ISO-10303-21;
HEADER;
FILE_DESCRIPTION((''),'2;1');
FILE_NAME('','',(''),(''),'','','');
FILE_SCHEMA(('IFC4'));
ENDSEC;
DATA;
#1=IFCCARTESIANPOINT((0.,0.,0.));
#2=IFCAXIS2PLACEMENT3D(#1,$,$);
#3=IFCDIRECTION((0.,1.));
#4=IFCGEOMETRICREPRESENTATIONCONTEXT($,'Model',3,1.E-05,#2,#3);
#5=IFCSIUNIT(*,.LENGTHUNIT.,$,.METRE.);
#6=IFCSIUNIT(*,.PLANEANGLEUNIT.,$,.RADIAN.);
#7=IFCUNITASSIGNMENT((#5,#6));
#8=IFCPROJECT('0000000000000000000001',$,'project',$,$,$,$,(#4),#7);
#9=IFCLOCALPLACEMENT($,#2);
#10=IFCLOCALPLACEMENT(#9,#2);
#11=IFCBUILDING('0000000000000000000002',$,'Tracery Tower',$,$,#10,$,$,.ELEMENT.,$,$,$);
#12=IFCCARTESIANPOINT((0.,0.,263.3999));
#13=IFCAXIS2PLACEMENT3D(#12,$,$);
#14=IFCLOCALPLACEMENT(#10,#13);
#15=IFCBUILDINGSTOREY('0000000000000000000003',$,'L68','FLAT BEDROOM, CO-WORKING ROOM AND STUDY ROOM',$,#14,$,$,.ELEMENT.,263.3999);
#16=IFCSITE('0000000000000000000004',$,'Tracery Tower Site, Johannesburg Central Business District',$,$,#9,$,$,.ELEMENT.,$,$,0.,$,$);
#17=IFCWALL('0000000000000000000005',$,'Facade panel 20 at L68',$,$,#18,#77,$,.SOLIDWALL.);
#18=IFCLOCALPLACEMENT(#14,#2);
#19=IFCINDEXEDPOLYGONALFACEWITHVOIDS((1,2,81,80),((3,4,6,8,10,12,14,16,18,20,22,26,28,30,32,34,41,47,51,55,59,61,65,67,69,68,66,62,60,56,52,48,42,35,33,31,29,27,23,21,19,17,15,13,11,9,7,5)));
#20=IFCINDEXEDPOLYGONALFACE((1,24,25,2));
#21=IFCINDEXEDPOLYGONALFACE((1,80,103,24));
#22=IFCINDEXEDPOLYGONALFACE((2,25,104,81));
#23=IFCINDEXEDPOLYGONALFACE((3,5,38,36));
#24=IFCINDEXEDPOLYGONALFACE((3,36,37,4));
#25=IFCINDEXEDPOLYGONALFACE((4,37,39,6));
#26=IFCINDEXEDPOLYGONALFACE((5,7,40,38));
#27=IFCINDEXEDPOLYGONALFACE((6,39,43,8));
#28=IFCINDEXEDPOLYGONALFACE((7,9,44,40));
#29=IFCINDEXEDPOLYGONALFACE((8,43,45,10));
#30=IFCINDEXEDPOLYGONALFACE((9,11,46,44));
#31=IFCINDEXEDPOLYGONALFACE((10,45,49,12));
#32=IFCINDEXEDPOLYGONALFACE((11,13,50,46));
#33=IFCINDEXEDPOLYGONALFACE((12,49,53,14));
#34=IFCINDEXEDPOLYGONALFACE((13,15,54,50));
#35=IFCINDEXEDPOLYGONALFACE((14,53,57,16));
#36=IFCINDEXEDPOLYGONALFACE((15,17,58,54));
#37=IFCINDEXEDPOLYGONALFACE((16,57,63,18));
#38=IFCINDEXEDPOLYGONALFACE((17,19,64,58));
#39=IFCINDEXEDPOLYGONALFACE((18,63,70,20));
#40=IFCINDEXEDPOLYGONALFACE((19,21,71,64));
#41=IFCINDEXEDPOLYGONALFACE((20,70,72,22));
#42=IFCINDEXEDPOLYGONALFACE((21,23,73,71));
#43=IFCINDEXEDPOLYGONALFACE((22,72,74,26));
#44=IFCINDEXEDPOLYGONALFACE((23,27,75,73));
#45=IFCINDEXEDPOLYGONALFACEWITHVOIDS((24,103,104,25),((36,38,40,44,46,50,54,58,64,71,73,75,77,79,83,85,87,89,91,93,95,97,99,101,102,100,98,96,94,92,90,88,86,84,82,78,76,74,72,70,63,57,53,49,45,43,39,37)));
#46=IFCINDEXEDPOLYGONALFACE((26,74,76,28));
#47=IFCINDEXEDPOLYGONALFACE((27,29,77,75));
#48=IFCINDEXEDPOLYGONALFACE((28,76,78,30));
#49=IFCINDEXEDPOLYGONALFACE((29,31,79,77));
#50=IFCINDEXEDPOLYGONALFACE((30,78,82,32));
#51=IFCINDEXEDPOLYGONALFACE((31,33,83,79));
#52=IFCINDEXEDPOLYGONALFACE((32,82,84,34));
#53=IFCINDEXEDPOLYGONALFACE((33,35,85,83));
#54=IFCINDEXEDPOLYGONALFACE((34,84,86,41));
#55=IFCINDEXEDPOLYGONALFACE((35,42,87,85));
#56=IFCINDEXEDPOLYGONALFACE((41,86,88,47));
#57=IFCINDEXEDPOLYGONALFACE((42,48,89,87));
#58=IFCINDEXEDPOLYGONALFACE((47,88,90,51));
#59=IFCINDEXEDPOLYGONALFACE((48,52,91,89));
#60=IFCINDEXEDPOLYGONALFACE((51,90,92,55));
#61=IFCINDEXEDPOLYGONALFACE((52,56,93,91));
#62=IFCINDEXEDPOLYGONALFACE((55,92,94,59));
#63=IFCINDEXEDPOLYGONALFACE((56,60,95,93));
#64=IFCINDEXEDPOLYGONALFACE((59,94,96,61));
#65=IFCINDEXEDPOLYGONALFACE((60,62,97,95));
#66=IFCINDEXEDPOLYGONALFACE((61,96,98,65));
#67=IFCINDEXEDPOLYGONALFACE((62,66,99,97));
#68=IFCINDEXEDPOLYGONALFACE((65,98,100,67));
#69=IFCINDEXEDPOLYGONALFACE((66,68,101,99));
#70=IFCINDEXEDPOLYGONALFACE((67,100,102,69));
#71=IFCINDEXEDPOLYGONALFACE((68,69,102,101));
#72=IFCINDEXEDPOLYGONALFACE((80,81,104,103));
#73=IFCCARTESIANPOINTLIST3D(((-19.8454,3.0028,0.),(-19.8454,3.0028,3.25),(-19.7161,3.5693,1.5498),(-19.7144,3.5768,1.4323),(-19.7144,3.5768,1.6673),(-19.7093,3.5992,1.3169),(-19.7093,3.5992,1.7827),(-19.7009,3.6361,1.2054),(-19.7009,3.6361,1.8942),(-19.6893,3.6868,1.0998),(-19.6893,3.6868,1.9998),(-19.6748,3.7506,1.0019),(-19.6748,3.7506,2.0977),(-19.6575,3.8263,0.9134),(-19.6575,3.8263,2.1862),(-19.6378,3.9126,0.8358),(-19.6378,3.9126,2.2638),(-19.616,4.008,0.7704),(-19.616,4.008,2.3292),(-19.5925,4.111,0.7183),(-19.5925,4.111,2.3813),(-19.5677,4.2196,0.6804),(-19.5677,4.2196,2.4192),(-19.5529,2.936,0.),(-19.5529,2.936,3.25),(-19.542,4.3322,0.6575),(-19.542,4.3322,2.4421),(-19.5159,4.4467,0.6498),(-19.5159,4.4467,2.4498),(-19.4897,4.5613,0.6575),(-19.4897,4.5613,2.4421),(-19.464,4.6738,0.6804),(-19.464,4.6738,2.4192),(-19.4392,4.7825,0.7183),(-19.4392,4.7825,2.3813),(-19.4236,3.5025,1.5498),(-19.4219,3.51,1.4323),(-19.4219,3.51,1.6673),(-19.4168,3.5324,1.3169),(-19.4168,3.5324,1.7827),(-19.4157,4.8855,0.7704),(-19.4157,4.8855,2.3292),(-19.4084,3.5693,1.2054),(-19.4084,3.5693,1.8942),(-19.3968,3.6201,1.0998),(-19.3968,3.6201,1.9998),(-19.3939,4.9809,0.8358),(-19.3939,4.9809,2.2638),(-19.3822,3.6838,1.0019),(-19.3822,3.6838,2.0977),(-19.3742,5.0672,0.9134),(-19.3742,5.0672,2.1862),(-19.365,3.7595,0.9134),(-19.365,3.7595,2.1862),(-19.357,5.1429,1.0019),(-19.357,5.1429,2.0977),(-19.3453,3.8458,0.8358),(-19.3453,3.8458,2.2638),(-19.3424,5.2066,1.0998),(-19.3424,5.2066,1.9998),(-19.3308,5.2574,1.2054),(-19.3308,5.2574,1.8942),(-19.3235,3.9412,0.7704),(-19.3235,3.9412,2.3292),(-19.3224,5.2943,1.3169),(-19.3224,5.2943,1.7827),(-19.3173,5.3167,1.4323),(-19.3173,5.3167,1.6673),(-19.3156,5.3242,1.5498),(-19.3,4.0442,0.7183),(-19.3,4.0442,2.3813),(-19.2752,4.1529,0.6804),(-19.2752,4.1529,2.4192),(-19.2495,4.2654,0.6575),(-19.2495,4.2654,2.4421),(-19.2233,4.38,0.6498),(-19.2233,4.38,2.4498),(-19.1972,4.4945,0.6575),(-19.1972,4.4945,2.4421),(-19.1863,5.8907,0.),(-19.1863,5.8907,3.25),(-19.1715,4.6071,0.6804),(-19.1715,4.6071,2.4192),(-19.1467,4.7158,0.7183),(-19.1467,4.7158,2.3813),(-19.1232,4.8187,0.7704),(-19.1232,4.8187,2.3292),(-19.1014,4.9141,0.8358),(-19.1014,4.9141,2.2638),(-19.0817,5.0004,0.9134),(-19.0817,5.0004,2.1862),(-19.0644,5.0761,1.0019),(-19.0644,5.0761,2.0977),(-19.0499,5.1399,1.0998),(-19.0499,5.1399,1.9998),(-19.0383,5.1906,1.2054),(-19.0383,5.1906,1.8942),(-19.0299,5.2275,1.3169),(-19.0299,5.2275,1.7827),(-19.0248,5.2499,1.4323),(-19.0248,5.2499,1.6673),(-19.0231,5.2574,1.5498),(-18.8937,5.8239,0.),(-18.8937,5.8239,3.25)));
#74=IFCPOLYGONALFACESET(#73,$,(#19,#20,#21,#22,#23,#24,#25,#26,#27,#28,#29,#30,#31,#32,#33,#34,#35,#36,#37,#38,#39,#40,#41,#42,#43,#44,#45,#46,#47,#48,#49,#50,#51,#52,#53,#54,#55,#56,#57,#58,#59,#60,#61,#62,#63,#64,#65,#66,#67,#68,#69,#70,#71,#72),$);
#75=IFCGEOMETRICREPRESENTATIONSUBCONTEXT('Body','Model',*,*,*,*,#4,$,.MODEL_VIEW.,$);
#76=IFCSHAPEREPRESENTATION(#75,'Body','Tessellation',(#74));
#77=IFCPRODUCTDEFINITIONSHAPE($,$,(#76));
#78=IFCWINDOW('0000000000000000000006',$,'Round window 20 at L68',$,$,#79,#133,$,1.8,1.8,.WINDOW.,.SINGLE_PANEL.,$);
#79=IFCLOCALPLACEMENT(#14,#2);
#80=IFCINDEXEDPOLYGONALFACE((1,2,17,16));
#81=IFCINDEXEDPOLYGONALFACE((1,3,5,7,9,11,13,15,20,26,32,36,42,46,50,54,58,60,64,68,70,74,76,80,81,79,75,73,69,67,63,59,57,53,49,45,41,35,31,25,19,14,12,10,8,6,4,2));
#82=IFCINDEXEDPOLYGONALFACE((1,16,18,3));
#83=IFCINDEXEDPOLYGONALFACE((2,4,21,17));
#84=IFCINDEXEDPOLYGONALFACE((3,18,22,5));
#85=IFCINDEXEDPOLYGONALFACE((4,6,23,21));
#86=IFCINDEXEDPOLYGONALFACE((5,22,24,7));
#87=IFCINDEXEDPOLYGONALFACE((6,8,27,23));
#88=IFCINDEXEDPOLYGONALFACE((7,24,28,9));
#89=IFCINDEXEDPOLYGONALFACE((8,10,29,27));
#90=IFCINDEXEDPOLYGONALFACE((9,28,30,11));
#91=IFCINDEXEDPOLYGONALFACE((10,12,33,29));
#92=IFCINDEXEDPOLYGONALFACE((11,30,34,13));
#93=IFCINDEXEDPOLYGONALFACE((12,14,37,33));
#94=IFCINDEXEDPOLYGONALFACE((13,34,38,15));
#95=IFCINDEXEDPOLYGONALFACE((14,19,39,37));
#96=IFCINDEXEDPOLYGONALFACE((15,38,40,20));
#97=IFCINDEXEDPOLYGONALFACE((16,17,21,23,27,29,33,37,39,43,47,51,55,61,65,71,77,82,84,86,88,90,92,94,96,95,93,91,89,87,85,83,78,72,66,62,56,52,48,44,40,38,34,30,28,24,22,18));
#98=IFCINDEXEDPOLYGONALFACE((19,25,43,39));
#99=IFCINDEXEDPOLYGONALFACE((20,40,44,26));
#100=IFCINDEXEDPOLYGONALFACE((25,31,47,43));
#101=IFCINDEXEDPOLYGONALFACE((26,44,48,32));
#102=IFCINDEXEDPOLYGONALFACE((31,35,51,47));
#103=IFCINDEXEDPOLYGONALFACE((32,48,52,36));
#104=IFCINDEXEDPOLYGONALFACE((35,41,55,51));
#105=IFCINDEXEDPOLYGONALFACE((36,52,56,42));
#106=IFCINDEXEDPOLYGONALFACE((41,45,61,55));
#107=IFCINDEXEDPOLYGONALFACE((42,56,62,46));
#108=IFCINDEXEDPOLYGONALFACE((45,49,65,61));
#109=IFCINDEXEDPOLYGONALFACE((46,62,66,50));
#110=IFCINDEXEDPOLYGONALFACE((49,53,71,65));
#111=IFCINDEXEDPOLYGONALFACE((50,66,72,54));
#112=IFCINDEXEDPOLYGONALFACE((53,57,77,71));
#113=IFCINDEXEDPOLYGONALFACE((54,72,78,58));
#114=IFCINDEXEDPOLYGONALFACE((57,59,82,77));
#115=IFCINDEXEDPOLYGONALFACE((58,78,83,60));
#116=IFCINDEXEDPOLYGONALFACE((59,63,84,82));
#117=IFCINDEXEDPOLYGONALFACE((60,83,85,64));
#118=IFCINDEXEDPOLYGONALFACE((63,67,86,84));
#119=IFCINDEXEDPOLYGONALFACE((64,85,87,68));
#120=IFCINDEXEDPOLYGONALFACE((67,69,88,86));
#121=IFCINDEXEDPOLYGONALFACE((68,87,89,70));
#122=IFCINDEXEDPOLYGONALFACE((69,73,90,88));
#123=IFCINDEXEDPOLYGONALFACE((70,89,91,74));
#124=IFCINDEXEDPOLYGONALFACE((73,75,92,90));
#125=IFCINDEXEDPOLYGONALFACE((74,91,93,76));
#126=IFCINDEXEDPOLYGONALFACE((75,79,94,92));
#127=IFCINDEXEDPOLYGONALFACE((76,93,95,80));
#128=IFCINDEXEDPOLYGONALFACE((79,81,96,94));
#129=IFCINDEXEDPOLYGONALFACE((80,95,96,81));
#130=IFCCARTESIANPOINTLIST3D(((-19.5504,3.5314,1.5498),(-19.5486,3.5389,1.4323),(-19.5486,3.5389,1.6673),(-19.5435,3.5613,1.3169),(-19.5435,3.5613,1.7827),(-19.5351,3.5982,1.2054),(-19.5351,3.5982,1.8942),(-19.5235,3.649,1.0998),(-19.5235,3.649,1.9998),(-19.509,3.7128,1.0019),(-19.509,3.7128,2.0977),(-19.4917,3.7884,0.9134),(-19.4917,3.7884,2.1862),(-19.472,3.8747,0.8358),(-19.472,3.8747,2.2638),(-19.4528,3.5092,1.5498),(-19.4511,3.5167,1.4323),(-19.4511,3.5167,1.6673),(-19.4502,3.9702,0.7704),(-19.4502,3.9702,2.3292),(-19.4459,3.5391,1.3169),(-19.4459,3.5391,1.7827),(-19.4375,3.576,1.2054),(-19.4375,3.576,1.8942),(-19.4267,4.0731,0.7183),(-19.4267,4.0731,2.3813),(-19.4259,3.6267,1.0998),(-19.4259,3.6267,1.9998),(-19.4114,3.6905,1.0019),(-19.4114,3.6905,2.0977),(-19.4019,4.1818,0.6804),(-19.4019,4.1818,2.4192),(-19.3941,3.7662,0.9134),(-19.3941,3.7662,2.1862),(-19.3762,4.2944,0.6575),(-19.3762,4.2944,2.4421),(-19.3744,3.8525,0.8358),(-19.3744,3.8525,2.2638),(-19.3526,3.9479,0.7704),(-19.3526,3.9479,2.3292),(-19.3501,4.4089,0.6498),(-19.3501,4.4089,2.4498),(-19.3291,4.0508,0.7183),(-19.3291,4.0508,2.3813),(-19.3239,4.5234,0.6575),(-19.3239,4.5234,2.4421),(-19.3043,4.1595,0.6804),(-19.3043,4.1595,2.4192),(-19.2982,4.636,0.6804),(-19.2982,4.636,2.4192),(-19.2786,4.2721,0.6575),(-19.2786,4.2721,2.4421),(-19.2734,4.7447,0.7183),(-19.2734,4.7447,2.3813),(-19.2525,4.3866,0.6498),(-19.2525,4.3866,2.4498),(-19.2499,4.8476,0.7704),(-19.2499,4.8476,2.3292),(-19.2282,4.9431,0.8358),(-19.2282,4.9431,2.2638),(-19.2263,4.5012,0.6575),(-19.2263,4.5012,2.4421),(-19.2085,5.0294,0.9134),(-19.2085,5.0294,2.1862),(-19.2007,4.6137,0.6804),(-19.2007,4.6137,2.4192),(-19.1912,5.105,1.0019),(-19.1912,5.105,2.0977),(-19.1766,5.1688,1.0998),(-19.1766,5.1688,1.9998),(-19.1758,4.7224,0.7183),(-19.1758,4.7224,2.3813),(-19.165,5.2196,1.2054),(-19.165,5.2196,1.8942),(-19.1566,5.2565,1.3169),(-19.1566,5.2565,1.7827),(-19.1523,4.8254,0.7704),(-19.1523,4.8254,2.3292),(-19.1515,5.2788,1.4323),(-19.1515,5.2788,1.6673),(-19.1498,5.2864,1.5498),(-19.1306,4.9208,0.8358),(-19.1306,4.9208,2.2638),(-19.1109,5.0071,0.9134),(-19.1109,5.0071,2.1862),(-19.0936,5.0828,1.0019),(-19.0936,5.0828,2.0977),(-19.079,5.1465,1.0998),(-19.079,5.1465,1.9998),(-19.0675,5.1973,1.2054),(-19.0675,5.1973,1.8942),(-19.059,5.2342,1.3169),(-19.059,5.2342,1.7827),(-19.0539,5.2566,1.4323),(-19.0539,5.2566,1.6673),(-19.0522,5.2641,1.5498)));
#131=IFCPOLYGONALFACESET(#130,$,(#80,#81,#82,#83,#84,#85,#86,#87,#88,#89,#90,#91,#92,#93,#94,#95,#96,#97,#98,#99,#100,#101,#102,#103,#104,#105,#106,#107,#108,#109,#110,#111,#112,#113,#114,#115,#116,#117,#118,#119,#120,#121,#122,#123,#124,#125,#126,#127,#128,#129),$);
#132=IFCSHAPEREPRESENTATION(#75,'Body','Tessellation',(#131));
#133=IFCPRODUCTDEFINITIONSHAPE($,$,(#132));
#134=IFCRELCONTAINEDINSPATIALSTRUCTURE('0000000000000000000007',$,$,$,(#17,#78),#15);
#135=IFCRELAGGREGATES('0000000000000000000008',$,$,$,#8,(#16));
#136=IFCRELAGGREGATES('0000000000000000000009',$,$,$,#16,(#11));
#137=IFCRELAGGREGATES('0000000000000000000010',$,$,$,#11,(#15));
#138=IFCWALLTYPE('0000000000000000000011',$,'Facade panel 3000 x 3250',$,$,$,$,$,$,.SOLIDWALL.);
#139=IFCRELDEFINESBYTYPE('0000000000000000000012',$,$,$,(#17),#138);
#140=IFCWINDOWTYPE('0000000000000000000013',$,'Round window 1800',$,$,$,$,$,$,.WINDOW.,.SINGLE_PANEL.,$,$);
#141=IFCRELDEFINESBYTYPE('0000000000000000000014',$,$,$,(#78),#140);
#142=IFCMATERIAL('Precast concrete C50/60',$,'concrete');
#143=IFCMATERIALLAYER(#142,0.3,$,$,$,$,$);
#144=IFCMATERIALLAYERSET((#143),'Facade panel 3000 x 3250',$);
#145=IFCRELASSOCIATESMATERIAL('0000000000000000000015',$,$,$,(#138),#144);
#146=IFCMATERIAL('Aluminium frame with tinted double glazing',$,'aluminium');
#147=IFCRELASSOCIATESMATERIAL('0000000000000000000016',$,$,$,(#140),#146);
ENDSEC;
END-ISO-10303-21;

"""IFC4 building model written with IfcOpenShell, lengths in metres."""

from ifc_helpers import new_model, si_unit, direction, frame, frame_2d, origin, origin_2d, place, context, subcontext, project, spatial, rectangle, circle, extrude, material, layer, layer_set, type_object, element, fill, save


model = new_model("IFC4")

# Units and contexts
model_context = context("Model", 3, precision=1e-05, world=origin(), true_north=direction((0.0, 1.0)))
body_context = subcontext(model_context, "Body", "Model", "MODEL_VIEW")
ifc_project = project(units=[si_unit("LENGTHUNIT", "METRE"), si_unit("PLANEANGLEUNIT", "RADIAN")], contexts=[model_context])

# Site, building, storey
site_placement = place(None, origin())
site = spatial("IfcSite", under=ifc_project, at=site_placement, Name="Tracery Tower Site, Johannesburg Central Business District", CompositionType="ELEMENT", RefElevation=0.0)
building_placement = place(site_placement, origin())
building = spatial("IfcBuilding", under=site, at=building_placement, Name="Tracery Tower", CompositionType="ELEMENT")
storey_placement = place(building_placement, frame((0.0, 0.0, 263.3999)))
storey = spatial("IfcBuildingStorey", under=building, at=storey_placement, Name="L68", Description="FLAT BEDROOM, CO-WORKING ROOM AND STUDY ROOM", CompositionType="ELEMENT", Elevation=263.3999)

# Wall, opening, window
ifc_material_1 = material(Name="Precast concrete C50/60", Category="concrete")
ifc_layer_1 = layer(ifc_material_1, 0.3)
ifc_layer_set_1 = layer_set([ifc_layer_1], Name="Facade panel 3000 x 3250")
wall_type_1 = type_object("IfcWallType", Name="Facade panel 3000 x 3250", PredefinedType="SOLIDWALL", material=ifc_layer_set_1)
wall_1_placement = place(storey_placement, frame((-19.04, 5.8572, 0.0), z_axis=(0.0, 0.0, 1.0), x_axis=(-0.222529, -0.974926, 0.0)))
wall_1 = element("IfcWall", 1, at=wall_1_placement, inside=storey, type_object=wall_type_1, Name="Facade panel 20 at L68", PredefinedType="SOLIDWALL", context=body_context, shape_type="SweptSolid", body=[
    extrude(rectangle(XDim=2.9622, YDim=0.3, at=frame_2d((1.481, 0.0))), origin(), (0.0, 0.0, 1.0), 3.25),
])
opening_1_placement = place(wall_1_placement, frame((1.481, 0.0, 1.5498)))
opening_1 = element("IfcOpeningElement", 2, at=opening_1_placement, cuts=wall_1, PredefinedType="OPENING", context=body_context, shape_type="SweptSolid", body=[
    extrude(circle(Radius=0.9, at=origin_2d()), frame((0.0, 0.1599, 0.0), z_axis=(0.0, -1.0, 0.0), x_axis=(1.0, 0.0, 0.0)), (0.0, 0.0, 1.0), 0.3201),
])
ifc_material_2 = material(Name="Aluminium frame with tinted double glazing", Category="aluminium")
window_type = type_object("IfcWindowType", Name="Round window 1800", PartitioningType="SINGLE_PANEL", PredefinedType="WINDOW", material=ifc_material_2)
window_1_placement = place(opening_1_placement, origin())
window_1 = element("IfcWindow", 3, at=window_1_placement, inside=storey, type_object=window_type, Name="Round window 20 at L68", OverallHeight=1.8, OverallWidth=1.8, PartitioningType="SINGLE_PANEL", PredefinedType="WINDOW", context=body_context, shape_type="SweptSolid", body=[
    extrude(circle(Radius=0.9, at=origin_2d()), frame((0.0, 0.1201, 0.0), z_axis=(0.0, -1.0, 0.0), x_axis=(1.0, 0.0, 0.0)), (0.0, 0.0, 1.0), 0.1001),
])
fill(opening_1, window_1)

save(model, "model.ifc")
